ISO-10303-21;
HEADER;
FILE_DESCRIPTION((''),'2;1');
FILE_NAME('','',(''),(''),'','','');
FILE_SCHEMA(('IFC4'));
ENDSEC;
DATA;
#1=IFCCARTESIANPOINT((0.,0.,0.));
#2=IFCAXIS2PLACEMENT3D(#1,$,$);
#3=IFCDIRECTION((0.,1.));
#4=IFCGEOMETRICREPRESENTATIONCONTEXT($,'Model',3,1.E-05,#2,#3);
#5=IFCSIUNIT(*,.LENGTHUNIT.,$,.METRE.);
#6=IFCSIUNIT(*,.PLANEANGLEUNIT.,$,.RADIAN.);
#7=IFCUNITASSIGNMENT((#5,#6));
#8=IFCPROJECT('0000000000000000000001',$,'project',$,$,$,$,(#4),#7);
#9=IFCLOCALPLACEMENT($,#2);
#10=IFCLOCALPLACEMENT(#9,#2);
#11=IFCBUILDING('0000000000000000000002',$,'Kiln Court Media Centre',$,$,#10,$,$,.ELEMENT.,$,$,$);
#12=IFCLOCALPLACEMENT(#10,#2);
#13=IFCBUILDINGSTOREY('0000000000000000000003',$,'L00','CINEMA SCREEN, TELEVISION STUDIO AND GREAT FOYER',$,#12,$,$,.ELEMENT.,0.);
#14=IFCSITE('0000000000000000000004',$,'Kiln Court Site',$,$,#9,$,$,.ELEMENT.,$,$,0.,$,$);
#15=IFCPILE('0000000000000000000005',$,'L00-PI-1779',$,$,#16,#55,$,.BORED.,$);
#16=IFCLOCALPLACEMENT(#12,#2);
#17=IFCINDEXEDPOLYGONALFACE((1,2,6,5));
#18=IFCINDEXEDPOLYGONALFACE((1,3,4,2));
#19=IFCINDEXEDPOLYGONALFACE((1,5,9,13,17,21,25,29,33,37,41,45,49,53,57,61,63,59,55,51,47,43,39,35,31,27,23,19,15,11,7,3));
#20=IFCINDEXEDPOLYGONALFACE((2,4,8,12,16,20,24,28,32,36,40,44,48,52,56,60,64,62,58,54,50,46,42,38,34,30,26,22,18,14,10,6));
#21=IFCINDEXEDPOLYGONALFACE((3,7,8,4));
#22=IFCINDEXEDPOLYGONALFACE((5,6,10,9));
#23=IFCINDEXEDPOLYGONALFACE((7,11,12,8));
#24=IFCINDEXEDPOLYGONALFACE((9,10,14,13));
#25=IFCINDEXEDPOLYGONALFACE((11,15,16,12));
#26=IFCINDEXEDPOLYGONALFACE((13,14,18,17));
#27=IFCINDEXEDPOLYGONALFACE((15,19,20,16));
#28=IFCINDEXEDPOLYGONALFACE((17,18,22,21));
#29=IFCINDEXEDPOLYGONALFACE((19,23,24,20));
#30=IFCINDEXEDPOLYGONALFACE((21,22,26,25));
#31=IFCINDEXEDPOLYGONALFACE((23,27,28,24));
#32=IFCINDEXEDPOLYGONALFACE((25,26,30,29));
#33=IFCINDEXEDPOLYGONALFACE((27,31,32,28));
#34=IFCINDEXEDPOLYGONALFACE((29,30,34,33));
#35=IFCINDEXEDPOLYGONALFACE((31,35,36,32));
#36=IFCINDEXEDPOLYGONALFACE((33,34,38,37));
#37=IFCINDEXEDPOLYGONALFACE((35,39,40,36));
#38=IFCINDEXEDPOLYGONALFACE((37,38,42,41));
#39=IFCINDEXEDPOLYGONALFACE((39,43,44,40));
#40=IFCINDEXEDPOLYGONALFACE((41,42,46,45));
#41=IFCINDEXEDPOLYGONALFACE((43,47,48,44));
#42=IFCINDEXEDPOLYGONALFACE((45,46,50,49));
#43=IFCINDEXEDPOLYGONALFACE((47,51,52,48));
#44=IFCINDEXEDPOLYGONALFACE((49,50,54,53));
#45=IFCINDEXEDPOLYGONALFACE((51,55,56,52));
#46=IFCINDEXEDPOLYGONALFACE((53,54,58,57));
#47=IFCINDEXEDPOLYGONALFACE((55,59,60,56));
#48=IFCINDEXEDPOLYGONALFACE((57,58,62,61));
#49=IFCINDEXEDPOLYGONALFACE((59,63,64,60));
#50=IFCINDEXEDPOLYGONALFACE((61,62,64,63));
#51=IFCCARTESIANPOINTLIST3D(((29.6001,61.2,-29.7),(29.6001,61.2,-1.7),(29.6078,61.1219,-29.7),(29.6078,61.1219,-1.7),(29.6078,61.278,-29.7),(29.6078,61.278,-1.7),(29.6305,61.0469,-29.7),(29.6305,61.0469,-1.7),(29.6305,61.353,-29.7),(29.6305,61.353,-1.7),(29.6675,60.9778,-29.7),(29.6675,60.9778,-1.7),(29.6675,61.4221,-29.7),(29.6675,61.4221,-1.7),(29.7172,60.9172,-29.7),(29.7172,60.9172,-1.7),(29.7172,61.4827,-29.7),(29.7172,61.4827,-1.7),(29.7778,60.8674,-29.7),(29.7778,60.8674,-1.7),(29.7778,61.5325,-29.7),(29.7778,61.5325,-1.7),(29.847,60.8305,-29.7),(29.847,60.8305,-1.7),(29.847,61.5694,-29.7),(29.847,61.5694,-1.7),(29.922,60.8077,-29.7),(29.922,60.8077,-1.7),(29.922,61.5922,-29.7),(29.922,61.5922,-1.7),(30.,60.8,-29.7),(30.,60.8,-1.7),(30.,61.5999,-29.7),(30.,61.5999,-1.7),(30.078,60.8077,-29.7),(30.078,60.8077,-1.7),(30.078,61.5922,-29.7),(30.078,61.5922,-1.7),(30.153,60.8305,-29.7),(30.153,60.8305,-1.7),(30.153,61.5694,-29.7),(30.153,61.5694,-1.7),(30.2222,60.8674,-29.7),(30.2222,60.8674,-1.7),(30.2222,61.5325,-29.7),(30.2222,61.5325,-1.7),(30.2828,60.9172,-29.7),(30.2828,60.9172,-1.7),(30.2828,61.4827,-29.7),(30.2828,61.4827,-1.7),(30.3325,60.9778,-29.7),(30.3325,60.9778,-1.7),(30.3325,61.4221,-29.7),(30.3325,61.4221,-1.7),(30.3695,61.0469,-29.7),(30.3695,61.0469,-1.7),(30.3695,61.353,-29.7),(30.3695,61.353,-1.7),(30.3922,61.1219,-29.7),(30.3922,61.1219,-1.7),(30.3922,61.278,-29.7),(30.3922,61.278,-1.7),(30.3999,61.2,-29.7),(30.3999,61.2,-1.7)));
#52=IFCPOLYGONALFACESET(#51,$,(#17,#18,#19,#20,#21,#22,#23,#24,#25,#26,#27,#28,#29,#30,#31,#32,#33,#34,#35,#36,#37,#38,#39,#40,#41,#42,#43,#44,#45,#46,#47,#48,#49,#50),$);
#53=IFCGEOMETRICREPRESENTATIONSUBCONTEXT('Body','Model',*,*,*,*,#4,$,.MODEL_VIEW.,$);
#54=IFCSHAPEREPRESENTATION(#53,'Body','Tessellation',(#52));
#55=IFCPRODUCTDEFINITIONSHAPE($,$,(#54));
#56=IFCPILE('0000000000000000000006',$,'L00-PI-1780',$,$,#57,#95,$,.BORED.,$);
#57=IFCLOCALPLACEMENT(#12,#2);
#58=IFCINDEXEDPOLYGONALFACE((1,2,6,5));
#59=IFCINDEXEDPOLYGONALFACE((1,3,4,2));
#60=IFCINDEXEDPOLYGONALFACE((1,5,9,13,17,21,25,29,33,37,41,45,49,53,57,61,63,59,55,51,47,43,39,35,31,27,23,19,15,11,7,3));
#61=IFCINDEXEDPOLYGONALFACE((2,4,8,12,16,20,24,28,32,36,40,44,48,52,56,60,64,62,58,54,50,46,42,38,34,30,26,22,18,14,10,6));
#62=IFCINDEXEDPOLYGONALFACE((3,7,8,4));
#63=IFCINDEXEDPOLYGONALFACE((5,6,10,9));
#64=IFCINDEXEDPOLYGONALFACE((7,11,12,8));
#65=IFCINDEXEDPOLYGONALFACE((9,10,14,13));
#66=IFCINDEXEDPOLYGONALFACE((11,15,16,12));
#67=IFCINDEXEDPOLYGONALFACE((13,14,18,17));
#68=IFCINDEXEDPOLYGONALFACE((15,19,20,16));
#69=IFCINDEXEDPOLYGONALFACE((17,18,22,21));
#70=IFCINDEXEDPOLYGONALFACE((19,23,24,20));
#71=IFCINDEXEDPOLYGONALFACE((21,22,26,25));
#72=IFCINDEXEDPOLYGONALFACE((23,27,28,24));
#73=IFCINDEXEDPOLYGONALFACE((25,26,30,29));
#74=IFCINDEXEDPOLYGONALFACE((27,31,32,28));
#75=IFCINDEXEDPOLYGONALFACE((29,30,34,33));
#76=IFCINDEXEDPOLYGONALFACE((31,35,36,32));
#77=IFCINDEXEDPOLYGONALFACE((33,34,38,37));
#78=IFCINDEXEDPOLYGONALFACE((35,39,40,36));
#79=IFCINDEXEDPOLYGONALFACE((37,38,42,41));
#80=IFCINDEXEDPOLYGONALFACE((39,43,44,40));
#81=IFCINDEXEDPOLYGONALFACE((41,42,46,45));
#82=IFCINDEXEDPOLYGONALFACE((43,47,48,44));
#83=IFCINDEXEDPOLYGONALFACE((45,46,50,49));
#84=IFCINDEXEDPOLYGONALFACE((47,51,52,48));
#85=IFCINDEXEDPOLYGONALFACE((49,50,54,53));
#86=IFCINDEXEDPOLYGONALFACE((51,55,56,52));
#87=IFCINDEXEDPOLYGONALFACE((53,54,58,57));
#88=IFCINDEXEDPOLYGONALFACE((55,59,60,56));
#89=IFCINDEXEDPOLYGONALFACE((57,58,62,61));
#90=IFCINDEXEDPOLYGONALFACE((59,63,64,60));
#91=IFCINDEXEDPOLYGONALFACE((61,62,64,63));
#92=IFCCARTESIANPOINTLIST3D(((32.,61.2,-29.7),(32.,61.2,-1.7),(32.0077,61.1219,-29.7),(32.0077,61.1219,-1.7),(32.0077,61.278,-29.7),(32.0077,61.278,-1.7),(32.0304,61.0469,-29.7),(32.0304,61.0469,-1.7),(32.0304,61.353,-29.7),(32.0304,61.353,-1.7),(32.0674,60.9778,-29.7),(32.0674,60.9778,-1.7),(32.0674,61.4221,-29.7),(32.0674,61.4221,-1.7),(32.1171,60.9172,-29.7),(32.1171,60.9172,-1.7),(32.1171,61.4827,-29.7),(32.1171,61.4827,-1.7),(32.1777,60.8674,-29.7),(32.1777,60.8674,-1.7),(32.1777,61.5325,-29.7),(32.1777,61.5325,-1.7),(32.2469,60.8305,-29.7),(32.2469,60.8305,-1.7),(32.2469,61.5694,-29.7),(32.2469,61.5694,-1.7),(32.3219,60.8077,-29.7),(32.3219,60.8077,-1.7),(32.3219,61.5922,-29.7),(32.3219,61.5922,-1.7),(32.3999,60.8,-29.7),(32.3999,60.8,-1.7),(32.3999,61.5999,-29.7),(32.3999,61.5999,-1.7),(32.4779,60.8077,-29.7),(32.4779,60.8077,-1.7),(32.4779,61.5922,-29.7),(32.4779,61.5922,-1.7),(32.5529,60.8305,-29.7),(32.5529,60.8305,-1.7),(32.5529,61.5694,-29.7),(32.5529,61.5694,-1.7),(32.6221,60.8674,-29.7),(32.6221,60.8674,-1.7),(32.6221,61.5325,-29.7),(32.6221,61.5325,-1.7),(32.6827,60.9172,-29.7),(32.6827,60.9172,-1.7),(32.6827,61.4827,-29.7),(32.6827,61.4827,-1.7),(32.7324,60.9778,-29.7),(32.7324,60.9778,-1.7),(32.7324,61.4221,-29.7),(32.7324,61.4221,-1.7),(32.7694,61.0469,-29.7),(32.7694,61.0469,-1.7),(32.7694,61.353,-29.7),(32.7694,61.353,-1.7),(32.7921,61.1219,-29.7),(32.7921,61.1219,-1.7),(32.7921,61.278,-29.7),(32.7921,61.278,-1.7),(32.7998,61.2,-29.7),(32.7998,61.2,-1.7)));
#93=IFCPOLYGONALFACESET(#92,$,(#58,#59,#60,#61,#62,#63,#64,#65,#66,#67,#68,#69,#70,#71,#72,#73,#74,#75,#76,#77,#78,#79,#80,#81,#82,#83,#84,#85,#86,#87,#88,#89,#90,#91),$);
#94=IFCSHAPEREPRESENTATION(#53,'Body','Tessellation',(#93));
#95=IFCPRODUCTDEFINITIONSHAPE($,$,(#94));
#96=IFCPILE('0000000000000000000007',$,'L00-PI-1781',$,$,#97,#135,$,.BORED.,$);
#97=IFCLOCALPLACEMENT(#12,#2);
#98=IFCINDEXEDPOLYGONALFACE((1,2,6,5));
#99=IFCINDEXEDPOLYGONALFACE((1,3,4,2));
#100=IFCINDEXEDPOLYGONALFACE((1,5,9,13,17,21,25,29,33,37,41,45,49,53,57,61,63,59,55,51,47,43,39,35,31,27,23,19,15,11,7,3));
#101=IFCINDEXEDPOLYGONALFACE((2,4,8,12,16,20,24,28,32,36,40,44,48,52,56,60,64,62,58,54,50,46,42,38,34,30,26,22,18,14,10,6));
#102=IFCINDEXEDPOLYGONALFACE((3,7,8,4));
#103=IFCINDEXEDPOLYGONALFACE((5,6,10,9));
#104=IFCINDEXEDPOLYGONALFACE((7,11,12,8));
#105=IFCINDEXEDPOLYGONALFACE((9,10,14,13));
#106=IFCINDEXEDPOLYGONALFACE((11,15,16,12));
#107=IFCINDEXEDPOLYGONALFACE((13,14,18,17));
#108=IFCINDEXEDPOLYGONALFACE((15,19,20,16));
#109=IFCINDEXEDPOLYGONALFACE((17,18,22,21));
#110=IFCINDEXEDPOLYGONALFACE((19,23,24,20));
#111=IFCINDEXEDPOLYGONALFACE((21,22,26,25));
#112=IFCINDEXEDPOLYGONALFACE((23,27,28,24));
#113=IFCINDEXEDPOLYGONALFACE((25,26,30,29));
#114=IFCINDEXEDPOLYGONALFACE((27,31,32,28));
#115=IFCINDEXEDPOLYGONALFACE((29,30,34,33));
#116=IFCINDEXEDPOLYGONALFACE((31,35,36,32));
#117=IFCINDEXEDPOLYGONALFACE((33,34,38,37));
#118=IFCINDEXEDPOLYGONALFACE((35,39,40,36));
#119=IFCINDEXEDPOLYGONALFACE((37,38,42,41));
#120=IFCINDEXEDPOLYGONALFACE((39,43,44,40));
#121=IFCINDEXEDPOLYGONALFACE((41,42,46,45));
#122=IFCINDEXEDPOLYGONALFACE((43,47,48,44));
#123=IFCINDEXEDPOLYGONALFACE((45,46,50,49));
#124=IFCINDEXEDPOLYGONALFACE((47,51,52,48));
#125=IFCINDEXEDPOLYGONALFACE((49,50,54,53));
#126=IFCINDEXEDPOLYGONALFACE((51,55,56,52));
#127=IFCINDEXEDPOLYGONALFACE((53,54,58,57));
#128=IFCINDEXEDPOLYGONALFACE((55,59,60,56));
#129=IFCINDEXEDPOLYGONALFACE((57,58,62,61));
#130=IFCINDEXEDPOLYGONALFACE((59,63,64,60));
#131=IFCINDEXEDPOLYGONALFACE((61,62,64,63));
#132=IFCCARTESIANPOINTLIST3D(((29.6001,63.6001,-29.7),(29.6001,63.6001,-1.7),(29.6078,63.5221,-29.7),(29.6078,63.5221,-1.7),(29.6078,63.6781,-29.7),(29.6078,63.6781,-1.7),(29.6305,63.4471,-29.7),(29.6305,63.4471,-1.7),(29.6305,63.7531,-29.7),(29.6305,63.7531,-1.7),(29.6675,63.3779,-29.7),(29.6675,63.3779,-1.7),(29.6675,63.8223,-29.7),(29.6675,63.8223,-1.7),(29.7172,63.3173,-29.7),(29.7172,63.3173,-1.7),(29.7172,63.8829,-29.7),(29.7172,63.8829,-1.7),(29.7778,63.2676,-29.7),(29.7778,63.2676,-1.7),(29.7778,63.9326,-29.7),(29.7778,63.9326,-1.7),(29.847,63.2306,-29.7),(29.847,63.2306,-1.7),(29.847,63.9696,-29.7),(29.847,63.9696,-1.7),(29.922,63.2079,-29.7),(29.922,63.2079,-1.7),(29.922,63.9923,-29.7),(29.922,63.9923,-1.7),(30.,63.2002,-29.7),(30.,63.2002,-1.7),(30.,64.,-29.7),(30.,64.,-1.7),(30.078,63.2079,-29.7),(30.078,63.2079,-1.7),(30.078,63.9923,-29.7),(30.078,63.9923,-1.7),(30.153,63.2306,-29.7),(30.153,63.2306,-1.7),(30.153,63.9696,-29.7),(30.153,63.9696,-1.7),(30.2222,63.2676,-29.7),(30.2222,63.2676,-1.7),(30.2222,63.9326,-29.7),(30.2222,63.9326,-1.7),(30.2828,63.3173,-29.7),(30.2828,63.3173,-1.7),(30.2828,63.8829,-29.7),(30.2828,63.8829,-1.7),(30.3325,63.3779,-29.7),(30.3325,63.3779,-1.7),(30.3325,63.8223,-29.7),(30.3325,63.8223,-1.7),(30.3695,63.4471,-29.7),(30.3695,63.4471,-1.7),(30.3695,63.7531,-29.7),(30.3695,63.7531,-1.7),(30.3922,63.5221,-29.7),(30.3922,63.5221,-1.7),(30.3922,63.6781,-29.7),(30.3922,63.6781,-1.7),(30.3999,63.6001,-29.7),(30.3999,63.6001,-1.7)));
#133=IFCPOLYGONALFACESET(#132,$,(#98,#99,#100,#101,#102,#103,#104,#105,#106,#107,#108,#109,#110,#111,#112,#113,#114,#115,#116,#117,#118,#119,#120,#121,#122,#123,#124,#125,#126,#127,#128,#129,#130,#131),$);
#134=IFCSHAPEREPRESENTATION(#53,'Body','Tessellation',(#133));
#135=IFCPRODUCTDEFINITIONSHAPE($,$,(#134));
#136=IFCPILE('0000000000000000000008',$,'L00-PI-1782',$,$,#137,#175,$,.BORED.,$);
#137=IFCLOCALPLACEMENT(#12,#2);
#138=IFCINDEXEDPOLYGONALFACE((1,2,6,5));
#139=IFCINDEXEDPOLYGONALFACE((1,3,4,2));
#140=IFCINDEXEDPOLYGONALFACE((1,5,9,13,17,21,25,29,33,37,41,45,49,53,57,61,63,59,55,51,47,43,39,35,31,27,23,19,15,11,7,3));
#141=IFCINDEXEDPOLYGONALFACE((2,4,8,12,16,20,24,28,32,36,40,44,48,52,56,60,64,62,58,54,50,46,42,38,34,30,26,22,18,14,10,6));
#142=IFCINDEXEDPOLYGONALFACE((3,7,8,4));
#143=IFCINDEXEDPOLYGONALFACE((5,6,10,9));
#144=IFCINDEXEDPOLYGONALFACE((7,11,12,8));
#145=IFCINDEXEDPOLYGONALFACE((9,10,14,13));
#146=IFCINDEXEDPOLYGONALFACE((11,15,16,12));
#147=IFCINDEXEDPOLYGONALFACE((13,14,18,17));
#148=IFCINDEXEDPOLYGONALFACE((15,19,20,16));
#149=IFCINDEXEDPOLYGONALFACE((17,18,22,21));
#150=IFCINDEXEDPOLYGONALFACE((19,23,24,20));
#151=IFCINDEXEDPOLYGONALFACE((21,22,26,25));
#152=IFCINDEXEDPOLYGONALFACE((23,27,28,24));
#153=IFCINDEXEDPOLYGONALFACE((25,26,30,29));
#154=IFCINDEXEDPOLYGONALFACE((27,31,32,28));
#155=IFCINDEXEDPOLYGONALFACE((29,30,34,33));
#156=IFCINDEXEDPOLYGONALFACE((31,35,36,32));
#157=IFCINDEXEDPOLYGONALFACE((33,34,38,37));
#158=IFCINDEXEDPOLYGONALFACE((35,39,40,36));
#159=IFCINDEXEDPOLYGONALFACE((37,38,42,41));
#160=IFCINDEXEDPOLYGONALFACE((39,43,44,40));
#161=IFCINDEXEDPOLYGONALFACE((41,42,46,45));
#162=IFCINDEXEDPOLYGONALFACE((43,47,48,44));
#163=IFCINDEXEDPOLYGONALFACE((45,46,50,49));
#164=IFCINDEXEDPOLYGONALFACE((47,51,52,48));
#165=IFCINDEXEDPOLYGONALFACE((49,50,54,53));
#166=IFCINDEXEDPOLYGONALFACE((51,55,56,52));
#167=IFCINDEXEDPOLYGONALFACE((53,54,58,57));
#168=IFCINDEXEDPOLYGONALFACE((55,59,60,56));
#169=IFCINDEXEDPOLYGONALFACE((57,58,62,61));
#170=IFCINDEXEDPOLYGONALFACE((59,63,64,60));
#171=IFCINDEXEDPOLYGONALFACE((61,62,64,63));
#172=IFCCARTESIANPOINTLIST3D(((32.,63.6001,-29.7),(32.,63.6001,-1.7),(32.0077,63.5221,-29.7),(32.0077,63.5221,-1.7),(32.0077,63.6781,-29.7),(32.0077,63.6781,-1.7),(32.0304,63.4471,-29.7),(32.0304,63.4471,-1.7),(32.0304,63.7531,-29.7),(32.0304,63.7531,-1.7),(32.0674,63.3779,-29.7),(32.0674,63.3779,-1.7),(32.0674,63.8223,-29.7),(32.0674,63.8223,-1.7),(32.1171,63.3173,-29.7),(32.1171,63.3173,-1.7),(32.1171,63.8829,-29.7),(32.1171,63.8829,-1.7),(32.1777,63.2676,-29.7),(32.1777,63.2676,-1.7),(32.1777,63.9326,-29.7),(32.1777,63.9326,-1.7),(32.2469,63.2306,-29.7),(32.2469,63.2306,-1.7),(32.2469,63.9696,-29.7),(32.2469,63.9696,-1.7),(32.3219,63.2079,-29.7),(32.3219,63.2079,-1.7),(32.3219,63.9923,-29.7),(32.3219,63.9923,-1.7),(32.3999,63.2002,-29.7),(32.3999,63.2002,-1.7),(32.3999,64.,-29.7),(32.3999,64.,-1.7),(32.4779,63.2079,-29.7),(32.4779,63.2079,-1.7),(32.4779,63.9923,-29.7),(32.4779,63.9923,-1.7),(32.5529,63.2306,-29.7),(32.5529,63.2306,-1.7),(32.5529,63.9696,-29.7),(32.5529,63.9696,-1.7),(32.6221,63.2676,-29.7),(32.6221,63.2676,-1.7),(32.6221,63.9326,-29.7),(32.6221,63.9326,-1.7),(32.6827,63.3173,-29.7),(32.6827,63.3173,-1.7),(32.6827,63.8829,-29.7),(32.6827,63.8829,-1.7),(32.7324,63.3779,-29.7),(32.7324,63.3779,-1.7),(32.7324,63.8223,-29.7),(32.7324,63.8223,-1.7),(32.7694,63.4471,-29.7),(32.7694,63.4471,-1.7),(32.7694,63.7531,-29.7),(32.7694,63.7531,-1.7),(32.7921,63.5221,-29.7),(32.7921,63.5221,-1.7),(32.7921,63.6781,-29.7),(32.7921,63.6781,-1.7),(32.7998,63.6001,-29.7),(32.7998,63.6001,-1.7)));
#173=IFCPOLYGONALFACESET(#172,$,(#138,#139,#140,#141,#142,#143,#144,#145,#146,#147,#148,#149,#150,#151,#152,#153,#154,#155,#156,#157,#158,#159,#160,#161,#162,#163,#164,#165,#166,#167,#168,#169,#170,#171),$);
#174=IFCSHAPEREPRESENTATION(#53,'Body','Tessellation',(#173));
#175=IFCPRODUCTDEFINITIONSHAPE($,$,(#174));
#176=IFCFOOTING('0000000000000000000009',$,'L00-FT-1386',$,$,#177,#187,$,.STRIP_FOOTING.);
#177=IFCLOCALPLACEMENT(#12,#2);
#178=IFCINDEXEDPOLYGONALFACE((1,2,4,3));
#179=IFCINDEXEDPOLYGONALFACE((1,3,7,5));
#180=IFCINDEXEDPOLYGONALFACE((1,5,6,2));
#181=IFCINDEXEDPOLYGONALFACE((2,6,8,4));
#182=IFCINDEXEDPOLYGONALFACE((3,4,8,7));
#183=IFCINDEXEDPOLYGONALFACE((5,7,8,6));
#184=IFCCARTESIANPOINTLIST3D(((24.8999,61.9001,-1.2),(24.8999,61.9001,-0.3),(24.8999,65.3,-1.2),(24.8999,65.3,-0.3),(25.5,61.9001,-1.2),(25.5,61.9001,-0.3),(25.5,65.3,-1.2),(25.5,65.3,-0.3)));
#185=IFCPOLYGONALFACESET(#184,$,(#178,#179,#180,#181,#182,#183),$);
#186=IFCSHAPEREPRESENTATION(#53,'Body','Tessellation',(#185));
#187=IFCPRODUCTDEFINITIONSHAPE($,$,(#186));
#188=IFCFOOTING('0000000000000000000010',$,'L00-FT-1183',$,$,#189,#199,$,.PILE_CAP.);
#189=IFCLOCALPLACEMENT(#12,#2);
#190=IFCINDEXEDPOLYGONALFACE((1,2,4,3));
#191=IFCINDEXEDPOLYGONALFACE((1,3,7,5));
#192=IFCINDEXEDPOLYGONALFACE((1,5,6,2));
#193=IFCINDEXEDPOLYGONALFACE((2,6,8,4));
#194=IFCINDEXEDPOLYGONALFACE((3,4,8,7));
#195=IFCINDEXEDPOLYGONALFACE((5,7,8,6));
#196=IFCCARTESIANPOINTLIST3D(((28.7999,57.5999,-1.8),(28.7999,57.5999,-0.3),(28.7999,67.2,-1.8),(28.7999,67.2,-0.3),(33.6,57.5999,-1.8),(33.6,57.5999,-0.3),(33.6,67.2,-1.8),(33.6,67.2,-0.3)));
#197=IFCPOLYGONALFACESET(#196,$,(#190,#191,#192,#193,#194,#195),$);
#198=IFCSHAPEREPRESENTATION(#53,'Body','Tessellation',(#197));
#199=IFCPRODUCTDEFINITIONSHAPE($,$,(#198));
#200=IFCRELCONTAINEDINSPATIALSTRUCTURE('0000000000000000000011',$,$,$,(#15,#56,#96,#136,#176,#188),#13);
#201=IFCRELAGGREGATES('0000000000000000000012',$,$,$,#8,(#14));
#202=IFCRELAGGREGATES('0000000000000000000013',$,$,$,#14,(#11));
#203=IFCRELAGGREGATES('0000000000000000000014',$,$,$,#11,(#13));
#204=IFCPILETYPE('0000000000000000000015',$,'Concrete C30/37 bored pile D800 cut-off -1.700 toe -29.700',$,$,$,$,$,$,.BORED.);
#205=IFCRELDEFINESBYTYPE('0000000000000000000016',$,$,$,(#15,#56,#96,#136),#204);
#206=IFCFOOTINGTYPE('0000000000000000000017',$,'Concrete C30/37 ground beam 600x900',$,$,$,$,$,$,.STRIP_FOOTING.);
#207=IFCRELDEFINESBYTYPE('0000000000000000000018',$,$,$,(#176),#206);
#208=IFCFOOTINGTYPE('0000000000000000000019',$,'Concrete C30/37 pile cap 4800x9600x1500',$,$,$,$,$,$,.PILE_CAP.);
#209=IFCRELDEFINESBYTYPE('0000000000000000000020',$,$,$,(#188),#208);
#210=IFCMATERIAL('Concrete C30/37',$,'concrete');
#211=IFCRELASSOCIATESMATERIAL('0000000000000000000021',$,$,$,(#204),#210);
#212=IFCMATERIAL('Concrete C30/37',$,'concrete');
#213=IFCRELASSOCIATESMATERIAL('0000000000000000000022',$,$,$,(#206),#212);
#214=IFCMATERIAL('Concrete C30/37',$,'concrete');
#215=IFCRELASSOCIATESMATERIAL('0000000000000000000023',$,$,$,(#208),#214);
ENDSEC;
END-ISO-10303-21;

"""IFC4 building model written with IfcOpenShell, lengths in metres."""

from ifc_helpers import new_model, si_unit, direction, frame, origin, origin_2d, place, context, subcontext, project, spatial, rectangle, circle, extrude, material, material_profile, profile_set, type_object, element, save


model = new_model("IFC4")

# Units and contexts
model_context = context("Model", 3, precision=1e-05, world=origin(), true_north=direction((0.0, 1.0)))
body_context = subcontext(model_context, "Body", "Model", "MODEL_VIEW")
ifc_project = project(units=[si_unit("LENGTHUNIT", "METRE"), si_unit("PLANEANGLEUNIT", "RADIAN")], contexts=[model_context])

# Site, building, storey
site_placement = place(None, origin())
site = spatial("IfcSite", under=ifc_project, at=site_placement, Name="Kiln Court Site", CompositionType="ELEMENT", RefElevation=0.0)
building_placement = place(site_placement, origin())
building = spatial("IfcBuilding", under=site, at=building_placement, Name="Kiln Court Media Centre", CompositionType="ELEMENT")
storey_placement = place(building_placement, origin())
storey = spatial("IfcBuildingStorey", under=building, at=storey_placement, Name="L00", Description="CINEMA SCREEN, TELEVISION STUDIO AND GREAT FOYER", CompositionType="ELEMENT", Elevation=0.0)

# Piles
ifc_material_1 = material(Name="Concrete C30/37", Category="concrete")
ifc_material_profile = material_profile(ifc_material_1, circle(Radius=0.3999, at=origin_2d()), Name="PILE D800")
ifc_profile_set = profile_set([ifc_material_profile], Name="Concrete C30/37")
pile_type = type_object("IfcPileType", Name="Concrete C30/37 bored pile D800 cut-off -1.700 toe -29.700", PredefinedType="BORED", material=ifc_profile_set)
for number, where, z_axis, x_axis, name in (
    (1, (30.0, 61.2, -1.7), (0.0, 0.0, -1.0), (1.0, 0.0, 0.0), "L00-PI-1779"),
    (2, (32.3999, 61.2, -1.7), (0.0, 0.0, -1.0), (1.0, 0.0, 0.0), "L00-PI-1780"),
    (3, (30.0, 63.6001, -1.7), (0.0, 0.0, -1.0), (1.0, 0.0, 0.0), "L00-PI-1781"),
    (4, (32.3999, 63.6001, -1.7), (0.0, 0.0, -1.0), (1.0, 0.0, 0.0), "L00-PI-1782"),
):
    element("IfcPile", number, at=place(storey_placement, frame(where, z_axis=z_axis, x_axis=x_axis)), inside=storey, type_object=pile_type, Name=name, PredefinedType="BORED", context=body_context, shape_type="SweptSolid", body=[
        extrude(circle(Radius=0.3999, at=origin_2d()), origin(), (0.0, 0.0, 1.0), 28.0),
    ])

# Footings
ifc_material_2 = material(Name="Concrete C30/37", Category="concrete")
footing_type_1 = type_object("IfcFootingType", Name="Concrete C30/37 ground beam 600x900", PredefinedType="STRIP_FOOTING", material=ifc_material_2)
footing_1_placement = place(storey_placement, frame((25.2, 63.6001, -1.2), z_axis=(0.0, 0.0, 1.0), x_axis=(1.0, 0.0, 0.0)))
element("IfcFooting", 5, at=footing_1_placement, inside=storey, type_object=footing_type_1, Name="L00-FT-1386", PredefinedType="STRIP_FOOTING", context=body_context, shape_type="SweptSolid", body=[
    extrude(rectangle(XDim=0.6001, YDim=3.3999, at=origin_2d()), origin(), (0.0, 0.0, 1.0), 0.8999),
])
ifc_material_3 = material(Name="Concrete C30/37", Category="concrete")
footing_type_2 = type_object("IfcFootingType", Name="Concrete C30/37 pile cap 4800x9600x1500", PredefinedType="PILE_CAP", material=ifc_material_3)
footing_2_placement = place(storey_placement, frame((31.2, 62.3999, -1.8), z_axis=(0.0, 0.0, 1.0), x_axis=(1.0, 0.0, 0.0)))
element("IfcFooting", 6, at=footing_2_placement, inside=storey, type_object=footing_type_2, Name="L00-FT-1183", PredefinedType="PILE_CAP", context=body_context, shape_type="SweptSolid", body=[
    extrude(rectangle(XDim=4.8, YDim=9.6001, at=origin_2d()), origin(), (0.0, 0.0, 1.0), 1.5),
])

save(model, "model.ifc")
